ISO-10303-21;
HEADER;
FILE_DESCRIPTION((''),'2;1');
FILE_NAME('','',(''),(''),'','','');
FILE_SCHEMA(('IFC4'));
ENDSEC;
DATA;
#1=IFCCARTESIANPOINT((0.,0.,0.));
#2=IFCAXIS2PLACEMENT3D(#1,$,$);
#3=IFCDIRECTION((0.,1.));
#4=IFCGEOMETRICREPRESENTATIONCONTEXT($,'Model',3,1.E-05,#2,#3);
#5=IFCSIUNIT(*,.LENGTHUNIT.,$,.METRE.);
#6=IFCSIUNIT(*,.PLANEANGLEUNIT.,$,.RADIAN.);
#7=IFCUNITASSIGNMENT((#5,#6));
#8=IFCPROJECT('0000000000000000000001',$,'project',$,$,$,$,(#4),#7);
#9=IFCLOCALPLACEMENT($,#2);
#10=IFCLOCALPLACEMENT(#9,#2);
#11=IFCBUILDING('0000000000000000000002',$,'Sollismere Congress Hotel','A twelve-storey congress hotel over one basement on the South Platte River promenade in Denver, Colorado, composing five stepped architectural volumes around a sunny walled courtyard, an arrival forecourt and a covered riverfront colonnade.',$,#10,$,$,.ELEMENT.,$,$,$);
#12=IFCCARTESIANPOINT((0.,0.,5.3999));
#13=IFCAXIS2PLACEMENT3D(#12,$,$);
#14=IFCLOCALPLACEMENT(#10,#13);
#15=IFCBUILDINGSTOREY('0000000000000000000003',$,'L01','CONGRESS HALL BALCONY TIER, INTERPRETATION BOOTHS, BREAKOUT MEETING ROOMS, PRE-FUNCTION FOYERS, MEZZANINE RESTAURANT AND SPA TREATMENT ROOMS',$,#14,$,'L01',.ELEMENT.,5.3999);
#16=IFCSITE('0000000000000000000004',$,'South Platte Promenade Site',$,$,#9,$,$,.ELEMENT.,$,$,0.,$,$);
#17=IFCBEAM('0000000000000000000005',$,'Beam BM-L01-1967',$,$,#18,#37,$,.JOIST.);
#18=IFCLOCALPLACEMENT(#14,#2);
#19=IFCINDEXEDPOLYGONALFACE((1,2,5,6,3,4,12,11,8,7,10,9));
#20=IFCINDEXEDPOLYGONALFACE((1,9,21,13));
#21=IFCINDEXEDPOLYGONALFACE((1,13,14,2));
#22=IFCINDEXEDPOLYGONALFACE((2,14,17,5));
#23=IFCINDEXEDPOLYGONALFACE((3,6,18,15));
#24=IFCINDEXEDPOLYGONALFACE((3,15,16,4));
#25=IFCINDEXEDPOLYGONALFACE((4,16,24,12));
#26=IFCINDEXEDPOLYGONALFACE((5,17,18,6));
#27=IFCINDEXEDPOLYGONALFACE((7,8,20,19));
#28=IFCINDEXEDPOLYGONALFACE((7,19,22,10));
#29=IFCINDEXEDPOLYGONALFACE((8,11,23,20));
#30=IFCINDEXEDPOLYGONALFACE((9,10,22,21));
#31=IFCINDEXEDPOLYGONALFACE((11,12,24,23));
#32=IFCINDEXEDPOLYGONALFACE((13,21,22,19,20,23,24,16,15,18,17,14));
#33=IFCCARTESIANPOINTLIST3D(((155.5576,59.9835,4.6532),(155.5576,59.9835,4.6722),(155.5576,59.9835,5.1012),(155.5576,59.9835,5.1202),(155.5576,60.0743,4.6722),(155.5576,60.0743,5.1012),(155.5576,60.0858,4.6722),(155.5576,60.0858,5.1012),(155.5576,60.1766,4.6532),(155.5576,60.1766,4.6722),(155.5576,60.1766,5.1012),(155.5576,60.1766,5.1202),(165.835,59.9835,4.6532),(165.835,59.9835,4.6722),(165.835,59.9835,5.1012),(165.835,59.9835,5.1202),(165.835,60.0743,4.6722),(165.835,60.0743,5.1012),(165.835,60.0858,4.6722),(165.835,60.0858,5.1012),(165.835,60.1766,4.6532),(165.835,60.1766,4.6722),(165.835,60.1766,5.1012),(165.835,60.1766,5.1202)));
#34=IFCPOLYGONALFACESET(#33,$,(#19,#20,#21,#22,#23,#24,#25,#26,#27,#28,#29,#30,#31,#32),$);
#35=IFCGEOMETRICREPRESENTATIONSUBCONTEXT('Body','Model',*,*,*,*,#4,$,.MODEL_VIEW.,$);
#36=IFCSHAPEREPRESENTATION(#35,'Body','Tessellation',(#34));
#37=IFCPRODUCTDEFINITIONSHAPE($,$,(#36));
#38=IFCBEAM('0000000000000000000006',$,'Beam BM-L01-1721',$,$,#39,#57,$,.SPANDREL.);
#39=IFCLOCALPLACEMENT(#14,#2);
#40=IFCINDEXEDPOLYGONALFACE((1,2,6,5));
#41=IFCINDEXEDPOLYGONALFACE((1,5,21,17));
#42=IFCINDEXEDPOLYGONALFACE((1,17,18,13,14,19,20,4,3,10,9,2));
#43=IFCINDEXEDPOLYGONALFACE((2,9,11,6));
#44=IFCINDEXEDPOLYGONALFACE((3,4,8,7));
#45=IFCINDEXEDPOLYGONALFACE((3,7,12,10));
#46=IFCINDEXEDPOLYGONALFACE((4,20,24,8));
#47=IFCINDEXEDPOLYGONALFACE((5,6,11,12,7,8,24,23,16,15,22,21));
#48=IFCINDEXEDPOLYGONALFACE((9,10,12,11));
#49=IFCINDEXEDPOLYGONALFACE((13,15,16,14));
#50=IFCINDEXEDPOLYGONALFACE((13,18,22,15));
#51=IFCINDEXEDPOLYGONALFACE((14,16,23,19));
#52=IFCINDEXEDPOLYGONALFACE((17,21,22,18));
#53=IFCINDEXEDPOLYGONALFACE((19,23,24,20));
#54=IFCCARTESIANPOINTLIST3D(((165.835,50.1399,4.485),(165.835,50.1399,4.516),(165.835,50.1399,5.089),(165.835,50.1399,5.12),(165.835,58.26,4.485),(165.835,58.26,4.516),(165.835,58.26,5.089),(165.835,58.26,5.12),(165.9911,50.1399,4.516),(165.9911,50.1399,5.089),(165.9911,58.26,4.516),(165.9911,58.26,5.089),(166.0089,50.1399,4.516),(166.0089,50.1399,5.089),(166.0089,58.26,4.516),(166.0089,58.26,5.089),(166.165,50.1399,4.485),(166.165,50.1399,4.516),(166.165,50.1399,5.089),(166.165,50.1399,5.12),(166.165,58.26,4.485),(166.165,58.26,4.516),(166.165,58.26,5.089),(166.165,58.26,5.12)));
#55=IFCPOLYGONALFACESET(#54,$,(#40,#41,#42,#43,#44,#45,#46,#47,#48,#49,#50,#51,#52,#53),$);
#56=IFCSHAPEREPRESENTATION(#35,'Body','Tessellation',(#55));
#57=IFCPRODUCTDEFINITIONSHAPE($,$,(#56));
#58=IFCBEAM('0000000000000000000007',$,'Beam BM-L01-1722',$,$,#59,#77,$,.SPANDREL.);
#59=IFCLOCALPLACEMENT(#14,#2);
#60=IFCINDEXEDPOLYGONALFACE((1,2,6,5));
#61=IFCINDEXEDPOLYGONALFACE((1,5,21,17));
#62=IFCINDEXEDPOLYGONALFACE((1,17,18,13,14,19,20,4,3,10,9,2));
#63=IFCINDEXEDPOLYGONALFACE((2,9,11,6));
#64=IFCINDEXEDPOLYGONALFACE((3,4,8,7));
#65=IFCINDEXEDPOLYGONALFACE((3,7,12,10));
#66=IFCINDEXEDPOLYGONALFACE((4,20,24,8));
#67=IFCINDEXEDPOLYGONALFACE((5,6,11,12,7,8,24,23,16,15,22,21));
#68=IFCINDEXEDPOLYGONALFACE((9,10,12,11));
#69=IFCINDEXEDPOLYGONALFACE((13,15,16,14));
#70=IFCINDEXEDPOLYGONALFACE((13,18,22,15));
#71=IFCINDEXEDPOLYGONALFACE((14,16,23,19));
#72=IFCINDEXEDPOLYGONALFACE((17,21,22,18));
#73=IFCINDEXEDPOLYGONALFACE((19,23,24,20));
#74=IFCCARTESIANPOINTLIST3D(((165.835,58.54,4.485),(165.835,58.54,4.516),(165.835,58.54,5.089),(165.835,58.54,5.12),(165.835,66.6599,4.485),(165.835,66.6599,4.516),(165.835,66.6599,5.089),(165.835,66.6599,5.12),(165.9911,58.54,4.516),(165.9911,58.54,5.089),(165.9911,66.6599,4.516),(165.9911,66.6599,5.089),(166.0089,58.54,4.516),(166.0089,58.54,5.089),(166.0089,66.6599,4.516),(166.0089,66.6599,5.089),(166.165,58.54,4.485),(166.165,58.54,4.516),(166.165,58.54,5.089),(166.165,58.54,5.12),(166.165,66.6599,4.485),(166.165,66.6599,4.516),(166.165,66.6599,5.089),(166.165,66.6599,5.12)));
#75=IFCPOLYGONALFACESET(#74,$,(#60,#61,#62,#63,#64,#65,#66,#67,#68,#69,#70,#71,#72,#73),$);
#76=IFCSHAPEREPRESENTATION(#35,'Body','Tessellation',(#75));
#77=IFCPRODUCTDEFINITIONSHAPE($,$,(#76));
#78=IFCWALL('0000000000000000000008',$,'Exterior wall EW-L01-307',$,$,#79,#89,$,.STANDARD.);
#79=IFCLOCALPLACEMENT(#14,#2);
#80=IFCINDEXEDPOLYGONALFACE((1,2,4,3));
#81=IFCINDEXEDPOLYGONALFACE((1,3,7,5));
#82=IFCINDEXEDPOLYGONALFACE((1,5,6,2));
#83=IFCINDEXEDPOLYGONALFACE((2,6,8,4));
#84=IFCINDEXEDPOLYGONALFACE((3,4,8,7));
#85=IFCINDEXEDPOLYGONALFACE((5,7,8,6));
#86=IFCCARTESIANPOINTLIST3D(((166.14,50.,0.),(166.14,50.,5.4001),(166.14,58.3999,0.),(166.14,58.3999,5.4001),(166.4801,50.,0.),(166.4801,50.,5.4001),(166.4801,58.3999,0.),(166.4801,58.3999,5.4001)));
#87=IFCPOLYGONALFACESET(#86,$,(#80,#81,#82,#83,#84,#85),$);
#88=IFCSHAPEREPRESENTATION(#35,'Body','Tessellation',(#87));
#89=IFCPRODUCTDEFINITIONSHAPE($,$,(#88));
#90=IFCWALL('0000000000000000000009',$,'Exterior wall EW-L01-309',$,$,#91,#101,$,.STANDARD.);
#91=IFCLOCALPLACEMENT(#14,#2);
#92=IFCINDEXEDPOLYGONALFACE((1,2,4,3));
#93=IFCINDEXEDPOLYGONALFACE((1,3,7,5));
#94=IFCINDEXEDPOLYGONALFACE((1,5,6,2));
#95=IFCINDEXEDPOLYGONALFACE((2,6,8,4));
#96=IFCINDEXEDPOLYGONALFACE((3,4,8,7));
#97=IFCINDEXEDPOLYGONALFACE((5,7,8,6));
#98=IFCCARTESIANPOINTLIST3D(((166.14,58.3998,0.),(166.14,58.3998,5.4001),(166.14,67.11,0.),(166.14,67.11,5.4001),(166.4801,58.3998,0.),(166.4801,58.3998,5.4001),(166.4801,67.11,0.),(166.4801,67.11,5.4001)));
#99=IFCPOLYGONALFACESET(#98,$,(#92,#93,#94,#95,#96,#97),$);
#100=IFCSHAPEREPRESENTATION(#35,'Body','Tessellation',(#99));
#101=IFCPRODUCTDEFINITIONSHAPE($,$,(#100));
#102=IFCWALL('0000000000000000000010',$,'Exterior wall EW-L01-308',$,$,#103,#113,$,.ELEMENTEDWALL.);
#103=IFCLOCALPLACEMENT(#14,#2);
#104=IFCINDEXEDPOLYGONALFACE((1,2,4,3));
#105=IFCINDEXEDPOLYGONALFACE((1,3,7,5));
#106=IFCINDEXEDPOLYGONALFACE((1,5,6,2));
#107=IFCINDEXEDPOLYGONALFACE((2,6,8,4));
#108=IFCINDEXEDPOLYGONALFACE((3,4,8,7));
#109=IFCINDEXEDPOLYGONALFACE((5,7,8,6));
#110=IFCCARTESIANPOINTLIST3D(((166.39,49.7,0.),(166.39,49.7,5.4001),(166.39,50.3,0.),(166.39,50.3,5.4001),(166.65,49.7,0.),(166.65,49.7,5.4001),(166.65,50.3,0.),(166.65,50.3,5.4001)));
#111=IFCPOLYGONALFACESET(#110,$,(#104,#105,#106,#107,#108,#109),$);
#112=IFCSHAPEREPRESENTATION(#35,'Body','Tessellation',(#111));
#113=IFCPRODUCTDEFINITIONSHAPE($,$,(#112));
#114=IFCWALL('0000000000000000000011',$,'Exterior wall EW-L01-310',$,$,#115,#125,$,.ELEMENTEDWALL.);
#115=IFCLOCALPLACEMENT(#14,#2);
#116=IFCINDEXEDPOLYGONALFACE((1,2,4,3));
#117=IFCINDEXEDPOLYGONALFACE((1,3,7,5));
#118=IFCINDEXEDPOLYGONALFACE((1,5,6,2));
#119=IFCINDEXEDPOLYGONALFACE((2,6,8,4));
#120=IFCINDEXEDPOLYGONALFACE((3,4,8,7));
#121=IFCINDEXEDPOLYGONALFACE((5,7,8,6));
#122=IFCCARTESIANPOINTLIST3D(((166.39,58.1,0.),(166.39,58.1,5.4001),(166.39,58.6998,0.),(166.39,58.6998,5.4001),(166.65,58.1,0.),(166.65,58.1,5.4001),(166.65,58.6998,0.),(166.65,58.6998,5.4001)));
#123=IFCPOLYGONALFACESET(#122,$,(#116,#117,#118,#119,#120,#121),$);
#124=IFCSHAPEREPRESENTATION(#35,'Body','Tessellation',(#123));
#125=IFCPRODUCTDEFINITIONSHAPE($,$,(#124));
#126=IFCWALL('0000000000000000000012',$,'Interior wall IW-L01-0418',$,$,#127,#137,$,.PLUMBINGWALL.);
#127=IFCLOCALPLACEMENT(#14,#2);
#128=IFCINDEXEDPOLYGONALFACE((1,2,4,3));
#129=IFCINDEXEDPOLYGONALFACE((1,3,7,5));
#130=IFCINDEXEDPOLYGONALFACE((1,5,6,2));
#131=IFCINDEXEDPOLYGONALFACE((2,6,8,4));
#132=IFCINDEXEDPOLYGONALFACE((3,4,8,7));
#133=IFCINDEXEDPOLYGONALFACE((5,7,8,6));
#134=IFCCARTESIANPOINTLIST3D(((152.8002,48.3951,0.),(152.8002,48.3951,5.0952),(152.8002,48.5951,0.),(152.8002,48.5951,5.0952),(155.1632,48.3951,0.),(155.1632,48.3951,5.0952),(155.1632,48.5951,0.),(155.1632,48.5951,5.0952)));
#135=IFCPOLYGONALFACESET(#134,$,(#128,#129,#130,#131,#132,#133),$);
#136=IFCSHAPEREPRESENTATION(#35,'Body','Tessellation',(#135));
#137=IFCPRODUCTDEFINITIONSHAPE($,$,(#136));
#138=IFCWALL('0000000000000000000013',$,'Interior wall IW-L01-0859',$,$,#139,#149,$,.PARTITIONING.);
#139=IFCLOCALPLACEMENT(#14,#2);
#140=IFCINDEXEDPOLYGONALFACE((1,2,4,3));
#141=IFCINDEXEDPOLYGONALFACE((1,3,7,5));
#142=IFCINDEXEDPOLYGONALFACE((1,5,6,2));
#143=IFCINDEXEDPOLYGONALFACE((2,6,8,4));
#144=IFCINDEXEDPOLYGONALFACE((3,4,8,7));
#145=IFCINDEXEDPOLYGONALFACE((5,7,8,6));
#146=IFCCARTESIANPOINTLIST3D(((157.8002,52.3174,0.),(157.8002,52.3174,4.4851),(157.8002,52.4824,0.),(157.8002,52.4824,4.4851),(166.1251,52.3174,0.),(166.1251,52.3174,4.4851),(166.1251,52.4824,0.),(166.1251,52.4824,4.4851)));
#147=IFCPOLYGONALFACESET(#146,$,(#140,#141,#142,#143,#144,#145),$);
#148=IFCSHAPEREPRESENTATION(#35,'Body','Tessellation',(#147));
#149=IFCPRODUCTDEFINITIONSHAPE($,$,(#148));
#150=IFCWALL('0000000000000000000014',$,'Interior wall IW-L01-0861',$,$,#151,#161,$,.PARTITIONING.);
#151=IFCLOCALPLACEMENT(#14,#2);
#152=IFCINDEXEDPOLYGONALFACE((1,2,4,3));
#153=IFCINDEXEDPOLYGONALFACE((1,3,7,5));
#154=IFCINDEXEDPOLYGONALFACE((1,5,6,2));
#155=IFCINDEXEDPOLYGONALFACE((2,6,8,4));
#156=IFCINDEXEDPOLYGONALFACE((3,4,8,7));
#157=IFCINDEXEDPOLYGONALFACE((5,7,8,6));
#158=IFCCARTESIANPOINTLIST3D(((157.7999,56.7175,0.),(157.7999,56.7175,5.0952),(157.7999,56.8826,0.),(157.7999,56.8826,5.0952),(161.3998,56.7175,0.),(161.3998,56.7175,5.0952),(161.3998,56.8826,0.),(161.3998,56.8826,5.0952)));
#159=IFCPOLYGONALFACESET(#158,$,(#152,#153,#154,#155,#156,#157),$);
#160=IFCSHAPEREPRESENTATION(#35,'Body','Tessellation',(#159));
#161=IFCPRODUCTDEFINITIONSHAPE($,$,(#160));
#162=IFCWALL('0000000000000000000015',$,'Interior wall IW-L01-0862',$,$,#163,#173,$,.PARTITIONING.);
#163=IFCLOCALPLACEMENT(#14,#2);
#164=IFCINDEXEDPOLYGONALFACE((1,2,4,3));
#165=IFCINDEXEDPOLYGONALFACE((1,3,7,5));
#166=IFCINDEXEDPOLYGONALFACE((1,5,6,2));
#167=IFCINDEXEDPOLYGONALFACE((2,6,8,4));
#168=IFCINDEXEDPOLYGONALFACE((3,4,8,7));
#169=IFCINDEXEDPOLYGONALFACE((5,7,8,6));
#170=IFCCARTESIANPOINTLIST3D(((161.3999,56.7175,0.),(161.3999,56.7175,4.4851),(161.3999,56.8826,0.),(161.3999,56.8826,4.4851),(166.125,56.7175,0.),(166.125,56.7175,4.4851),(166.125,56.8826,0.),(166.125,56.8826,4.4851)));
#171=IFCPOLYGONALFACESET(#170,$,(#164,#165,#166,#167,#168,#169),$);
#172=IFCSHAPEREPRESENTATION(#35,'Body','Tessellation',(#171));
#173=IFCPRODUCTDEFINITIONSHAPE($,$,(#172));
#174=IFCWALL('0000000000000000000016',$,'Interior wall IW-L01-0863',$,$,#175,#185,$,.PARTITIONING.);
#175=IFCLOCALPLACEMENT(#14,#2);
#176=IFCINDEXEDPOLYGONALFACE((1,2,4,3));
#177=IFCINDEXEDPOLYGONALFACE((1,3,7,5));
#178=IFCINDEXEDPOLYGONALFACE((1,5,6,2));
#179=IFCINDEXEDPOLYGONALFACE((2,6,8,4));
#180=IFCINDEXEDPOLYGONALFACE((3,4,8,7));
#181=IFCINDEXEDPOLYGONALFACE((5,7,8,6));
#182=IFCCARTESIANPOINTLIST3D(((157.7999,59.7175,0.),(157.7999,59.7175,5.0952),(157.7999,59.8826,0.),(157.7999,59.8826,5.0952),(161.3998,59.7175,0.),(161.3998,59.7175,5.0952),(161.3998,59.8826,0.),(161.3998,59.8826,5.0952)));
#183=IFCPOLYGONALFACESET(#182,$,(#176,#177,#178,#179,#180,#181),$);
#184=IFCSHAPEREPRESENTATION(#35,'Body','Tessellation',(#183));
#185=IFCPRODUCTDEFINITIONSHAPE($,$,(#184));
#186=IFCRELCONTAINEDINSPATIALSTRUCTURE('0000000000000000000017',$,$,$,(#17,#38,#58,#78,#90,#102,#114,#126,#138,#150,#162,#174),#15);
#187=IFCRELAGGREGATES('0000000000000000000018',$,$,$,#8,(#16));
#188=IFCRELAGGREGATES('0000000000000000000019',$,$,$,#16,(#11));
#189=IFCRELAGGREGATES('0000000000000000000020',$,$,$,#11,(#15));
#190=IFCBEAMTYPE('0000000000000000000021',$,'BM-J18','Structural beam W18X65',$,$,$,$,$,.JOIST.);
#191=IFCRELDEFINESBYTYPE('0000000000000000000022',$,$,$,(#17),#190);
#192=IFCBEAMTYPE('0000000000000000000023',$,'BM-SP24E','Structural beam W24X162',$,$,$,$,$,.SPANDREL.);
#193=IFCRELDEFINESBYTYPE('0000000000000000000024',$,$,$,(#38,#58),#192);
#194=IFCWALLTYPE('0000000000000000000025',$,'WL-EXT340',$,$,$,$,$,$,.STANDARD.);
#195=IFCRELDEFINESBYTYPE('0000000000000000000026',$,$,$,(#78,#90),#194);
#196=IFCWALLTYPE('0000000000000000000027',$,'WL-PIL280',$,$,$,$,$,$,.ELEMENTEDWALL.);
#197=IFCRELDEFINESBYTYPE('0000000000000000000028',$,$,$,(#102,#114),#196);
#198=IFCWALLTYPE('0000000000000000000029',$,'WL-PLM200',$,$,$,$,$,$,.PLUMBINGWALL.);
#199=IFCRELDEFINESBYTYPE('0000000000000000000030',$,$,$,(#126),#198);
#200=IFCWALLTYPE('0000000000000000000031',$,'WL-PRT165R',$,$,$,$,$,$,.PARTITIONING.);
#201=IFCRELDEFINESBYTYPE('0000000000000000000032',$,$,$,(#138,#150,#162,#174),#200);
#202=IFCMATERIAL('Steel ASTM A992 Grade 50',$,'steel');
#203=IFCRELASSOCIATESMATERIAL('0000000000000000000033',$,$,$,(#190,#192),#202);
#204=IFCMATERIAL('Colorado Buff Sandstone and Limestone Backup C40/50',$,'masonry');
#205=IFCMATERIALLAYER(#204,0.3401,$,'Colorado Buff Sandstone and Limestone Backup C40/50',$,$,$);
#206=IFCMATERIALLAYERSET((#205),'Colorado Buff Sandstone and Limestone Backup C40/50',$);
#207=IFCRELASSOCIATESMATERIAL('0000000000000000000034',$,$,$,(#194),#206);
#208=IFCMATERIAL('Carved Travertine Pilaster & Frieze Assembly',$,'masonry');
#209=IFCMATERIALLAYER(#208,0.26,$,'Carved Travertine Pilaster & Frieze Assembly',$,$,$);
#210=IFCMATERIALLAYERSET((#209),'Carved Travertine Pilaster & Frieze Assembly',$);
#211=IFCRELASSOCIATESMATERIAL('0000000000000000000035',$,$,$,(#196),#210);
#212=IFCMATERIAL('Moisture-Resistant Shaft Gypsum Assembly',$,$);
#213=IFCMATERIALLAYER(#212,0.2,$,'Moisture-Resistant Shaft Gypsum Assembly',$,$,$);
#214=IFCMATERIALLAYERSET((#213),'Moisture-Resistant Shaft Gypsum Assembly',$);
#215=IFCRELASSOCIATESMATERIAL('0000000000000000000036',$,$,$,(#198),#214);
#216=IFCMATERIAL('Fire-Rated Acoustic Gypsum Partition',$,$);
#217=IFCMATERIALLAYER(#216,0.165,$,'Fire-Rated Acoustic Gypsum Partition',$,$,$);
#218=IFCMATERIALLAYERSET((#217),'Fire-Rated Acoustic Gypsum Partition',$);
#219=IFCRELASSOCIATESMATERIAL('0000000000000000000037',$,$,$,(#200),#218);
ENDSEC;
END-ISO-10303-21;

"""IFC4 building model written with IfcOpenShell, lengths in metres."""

from ifc_helpers import new_model, si_unit, direction, frame, frame_2d, origin, origin_2d, place, context, subcontext, project, spatial, rectangle, i_section, extrude, material, layer, layer_set, material_profile, profile_set, type_object, element, save


model = new_model("IFC4")

# Units and contexts
model_context = context("Model", 3, precision=1e-05, world=origin(), true_north=direction((0.0, 1.0)))
body_context = subcontext(model_context, "Body", "Model", "MODEL_VIEW")
ifc_project = project(units=[si_unit("LENGTHUNIT", "METRE"), si_unit("PLANEANGLEUNIT", "RADIAN")], contexts=[model_context])

# Site, building, storey
site_placement = place(None, origin())
site = spatial("IfcSite", under=ifc_project, at=site_placement, Name="South Platte Promenade Site", CompositionType="ELEMENT", RefElevation=0.0)
building_placement = place(site_placement, origin())
building = spatial("IfcBuilding", under=site, at=building_placement, Name="Sollismere Congress Hotel", Description="A twelve-storey congress hotel over one basement on the South Platte River promenade in Denver, Colorado, composing five stepped architectural volumes around a sunny walled courtyard, an arrival forecourt and a covered riverfront colonnade.", CompositionType="ELEMENT")
storey_placement = place(building_placement, frame((0.0, 0.0, 5.3999)))
storey = spatial("IfcBuildingStorey", under=building, at=storey_placement, Name="L01", Description="CONGRESS HALL BALCONY TIER, INTERPRETATION BOOTHS, BREAKOUT MEETING ROOMS, PRE-FUNCTION FOYERS, MEZZANINE RESTAURANT AND SPA TREATMENT ROOMS", LongName="L01", CompositionType="ELEMENT", Elevation=5.3999)

# Shared definitions
ifc_material_1 = material(Name="Steel ASTM A992 Grade 50", Category="steel")

# Beams
ifc_material_profile_1 = material_profile(ifc_material_1, i_section(OverallWidth=0.1931, OverallDepth=0.467, WebThickness=0.0115, FlangeThickness=0.019, at=origin_2d()), Name="W18X65")
ifc_profile_set_1 = profile_set([ifc_material_profile_1], Name="Steel ASTM A992 Grade 50")
beam_type_1 = type_object("IfcBeamType", Name="BM-J18", Description="Structural beam W18X65", PredefinedType="JOIST", material=ifc_profile_set_1)
beam_1_placement = place(storey_placement, frame((155.5576, 60.0801, 4.8867), z_axis=(1.0, 0.0, 0.0), x_axis=(0.0, 1.0, 0.0)))
element("IfcBeam", 1, at=beam_1_placement, inside=storey, type_object=beam_type_1, Name="Beam BM-L01-1967", PredefinedType="JOIST", context=body_context, shape_type="SweptSolid", body=[
    extrude(i_section(OverallWidth=0.1931, OverallDepth=0.467, WebThickness=0.0115, FlangeThickness=0.019, at=origin_2d()), origin(), (0.0, 0.0, 1.0), 10.2773),
])
ifc_material_profile_2 = material_profile(ifc_material_1, i_section(OverallWidth=0.3301, OverallDepth=0.635, WebThickness=0.0178, FlangeThickness=0.031, at=origin_2d()), Name="W24X162")
ifc_profile_set_2 = profile_set([ifc_material_profile_2], Name="Steel ASTM A992 Grade 50")
beam_type_2 = type_object("IfcBeamType", Name="BM-SP24E", Description="Structural beam W24X162", PredefinedType="SPANDREL", material=ifc_profile_set_2)
beam_2_placement = place(storey_placement, frame((166.0, 50.1399, 4.8025), z_axis=(0.0, 1.0, 0.0), x_axis=(-1.0, 0.0, 0.0)))
element("IfcBeam", 2, at=beam_2_placement, inside=storey, type_object=beam_type_2, Name="Beam BM-L01-1721", PredefinedType="SPANDREL", context=body_context, shape_type="SweptSolid", body=[
    extrude(i_section(OverallWidth=0.3301, OverallDepth=0.635, WebThickness=0.0178, FlangeThickness=0.031, at=origin_2d()), origin(), (0.0, 0.0, 1.0), 8.1201),
])
beam_3_placement = place(storey_placement, frame((166.0, 58.54, 4.8025), z_axis=(0.0, 1.0, 0.0), x_axis=(-1.0, 0.0, 0.0)))
element("IfcBeam", 3, at=beam_3_placement, inside=storey, type_object=beam_type_2, Name="Beam BM-L01-1722", PredefinedType="SPANDREL", context=body_context, shape_type="SweptSolid", body=[
    extrude(i_section(OverallWidth=0.3301, OverallDepth=0.635, WebThickness=0.0178, FlangeThickness=0.031, at=origin_2d()), origin(), (0.0, 0.0, 1.0), 8.1199),
])

# Walls
ifc_material_2 = material(Name="Colorado Buff Sandstone and Limestone Backup C40/50", Category="masonry")
ifc_layer_1 = layer(ifc_material_2, 0.3401, Name="Colorado Buff Sandstone and Limestone Backup C40/50")
ifc_layer_set_1 = layer_set([ifc_layer_1], Name="Colorado Buff Sandstone and Limestone Backup C40/50")
wall_type_1 = type_object("IfcWallType", Name="WL-EXT340", PredefinedType="STANDARD", material=ifc_layer_set_1)
wall_1_placement = place(storey_placement, frame((166.3101, 50.0, 0.0), z_axis=(0.0, 0.0, 1.0), x_axis=(0.0, 1.0, 0.0)))
element("IfcWall", 4, at=wall_1_placement, inside=storey, type_object=wall_type_1, Name="Exterior wall EW-L01-307", PredefinedType="STANDARD", context=body_context, shape_type="SweptSolid", body=[
    extrude(rectangle(XDim=8.3999, YDim=0.3401, at=frame_2d((4.2, 0.0))), origin(), (0.0, 0.0, 1.0), 5.4001),
])
wall_2_placement = place(storey_placement, frame((166.3101, 58.3999, 0.0), z_axis=(0.0, 0.0, 1.0), x_axis=(0.0, 1.0, 0.0)))
element("IfcWall", 5, at=wall_2_placement, inside=storey, type_object=wall_type_1, Name="Exterior wall EW-L01-309", PredefinedType="STANDARD", context=body_context, shape_type="SweptSolid", body=[
    extrude(rectangle(XDim=8.7102, YDim=0.3401, at=frame_2d((4.355, 0.0))), origin(), (0.0, 0.0, 1.0), 5.4001),
])
ifc_material_3 = material(Name="Carved Travertine Pilaster & Frieze Assembly", Category="masonry")
ifc_layer_2 = layer(ifc_material_3, 0.26, Name="Carved Travertine Pilaster & Frieze Assembly")
ifc_layer_set_2 = layer_set([ifc_layer_2], Name="Carved Travertine Pilaster & Frieze Assembly")
wall_type_2 = type_object("IfcWallType", Name="WL-PIL280", PredefinedType="ELEMENTEDWALL", material=ifc_layer_set_2)
wall_3_placement = place(storey_placement, frame((166.52, 49.7, 0.0), z_axis=(0.0, 0.0, 1.0), x_axis=(0.0, 1.0, 0.0)))
element("IfcWall", 6, at=wall_3_placement, inside=storey, type_object=wall_type_2, Name="Exterior wall EW-L01-308", PredefinedType="ELEMENTEDWALL", context=body_context, shape_type="SweptSolid", body=[
    extrude(rectangle(XDim=0.6001, YDim=0.26, at=frame_2d((0.3, 0.0))), origin(), (0.0, 0.0, 1.0), 5.4001),
])
wall_4_placement = place(storey_placement, frame((166.52, 58.1001, 0.0), z_axis=(0.0, 0.0, 1.0), x_axis=(0.0, 1.0, 0.0)))
element("IfcWall", 7, at=wall_4_placement, inside=storey, type_object=wall_type_2, Name="Exterior wall EW-L01-310", PredefinedType="ELEMENTEDWALL", context=body_context, shape_type="SweptSolid", body=[
    extrude(rectangle(XDim=0.5999, YDim=0.26, at=frame_2d((0.2998, 0.0))), origin(), (0.0, 0.0, 1.0), 5.4001),
])
ifc_material_4 = material(Name="Moisture-Resistant Shaft Gypsum Assembly")
ifc_layer_3 = layer(ifc_material_4, 0.2, Name="Moisture-Resistant Shaft Gypsum Assembly")
ifc_layer_set_3 = layer_set([ifc_layer_3], Name="Moisture-Resistant Shaft Gypsum Assembly")
wall_type_3 = type_object("IfcWallType", Name="WL-PLM200", PredefinedType="PLUMBINGWALL", material=ifc_layer_set_3)
wall_5_placement = place(storey_placement, frame((152.8, 48.4951, 0.0), z_axis=(0.0, 0.0, 1.0), x_axis=(1.0, 0.0, 0.0)))
element("IfcWall", 8, at=wall_5_placement, inside=storey, type_object=wall_type_3, Name="Interior wall IW-L01-0418", PredefinedType="PLUMBINGWALL", context=body_context, shape_type="SweptSolid", body=[
    extrude(rectangle(XDim=2.363, YDim=0.2, at=frame_2d((1.1816, 0.0))), origin(), (0.0, 0.0, 1.0), 5.0952),
])
ifc_material_5 = material(Name="Fire-Rated Acoustic Gypsum Partition")
ifc_layer_4 = layer(ifc_material_5, 0.165, Name="Fire-Rated Acoustic Gypsum Partition")
ifc_layer_set_4 = layer_set([ifc_layer_4], Name="Fire-Rated Acoustic Gypsum Partition")
wall_type_4 = type_object("IfcWallType", Name="WL-PRT165R", PredefinedType="PARTITIONING", material=ifc_layer_set_4)
wall_6_placement = place(storey_placement, frame((157.8, 52.3999, 0.0), z_axis=(0.0, 0.0, 1.0), x_axis=(1.0, 0.0, 0.0)))
element("IfcWall", 9, at=wall_6_placement, inside=storey, type_object=wall_type_4, Name="Interior wall IW-L01-0859", PredefinedType="PARTITIONING", context=body_context, shape_type="SweptSolid", body=[
    extrude(rectangle(XDim=8.325, YDim=0.165, at=frame_2d((4.1626, 0.0))), origin(), (0.0, 0.0, 1.0), 4.4851),
])
wall_7_placement = place(storey_placement, frame((157.8, 56.8, 0.0), z_axis=(0.0, 0.0, 1.0), x_axis=(1.0, 0.0, 0.0)))
element("IfcWall", 10, at=wall_7_placement, inside=storey, type_object=wall_type_4, Name="Interior wall IW-L01-0861", PredefinedType="PARTITIONING", context=body_context, shape_type="SweptSolid", body=[
    extrude(rectangle(XDim=3.5999, YDim=0.165, at=frame_2d((1.7998, 0.0))), origin(), (0.0, 0.0, 1.0), 5.0952),
])
wall_8_placement = place(storey_placement, frame((161.3999, 56.8, 0.0), z_axis=(0.0, 0.0, 1.0), x_axis=(1.0, 0.0, 0.0)))
element("IfcWall", 11, at=wall_8_placement, inside=storey, type_object=wall_type_4, Name="Interior wall IW-L01-0862", PredefinedType="PARTITIONING", context=body_context, shape_type="SweptSolid", body=[
    extrude(rectangle(XDim=4.7251, YDim=0.165, at=frame_2d((2.3625, 0.0))), origin(), (0.0, 0.0, 1.0), 4.4851),
])
wall_9_placement = place(storey_placement, frame((157.8, 59.8, 0.0), z_axis=(0.0, 0.0, 1.0), x_axis=(1.0, 0.0, 0.0)))
element("IfcWall", 12, at=wall_9_placement, inside=storey, type_object=wall_type_4, Name="Interior wall IW-L01-0863", PredefinedType="PARTITIONING", context=body_context, shape_type="SweptSolid", body=[
    extrude(rectangle(XDim=3.5999, YDim=0.165, at=frame_2d((1.7998, 0.0))), origin(), (0.0, 0.0, 1.0), 5.0952),
])

save(model, "model.ifc")
